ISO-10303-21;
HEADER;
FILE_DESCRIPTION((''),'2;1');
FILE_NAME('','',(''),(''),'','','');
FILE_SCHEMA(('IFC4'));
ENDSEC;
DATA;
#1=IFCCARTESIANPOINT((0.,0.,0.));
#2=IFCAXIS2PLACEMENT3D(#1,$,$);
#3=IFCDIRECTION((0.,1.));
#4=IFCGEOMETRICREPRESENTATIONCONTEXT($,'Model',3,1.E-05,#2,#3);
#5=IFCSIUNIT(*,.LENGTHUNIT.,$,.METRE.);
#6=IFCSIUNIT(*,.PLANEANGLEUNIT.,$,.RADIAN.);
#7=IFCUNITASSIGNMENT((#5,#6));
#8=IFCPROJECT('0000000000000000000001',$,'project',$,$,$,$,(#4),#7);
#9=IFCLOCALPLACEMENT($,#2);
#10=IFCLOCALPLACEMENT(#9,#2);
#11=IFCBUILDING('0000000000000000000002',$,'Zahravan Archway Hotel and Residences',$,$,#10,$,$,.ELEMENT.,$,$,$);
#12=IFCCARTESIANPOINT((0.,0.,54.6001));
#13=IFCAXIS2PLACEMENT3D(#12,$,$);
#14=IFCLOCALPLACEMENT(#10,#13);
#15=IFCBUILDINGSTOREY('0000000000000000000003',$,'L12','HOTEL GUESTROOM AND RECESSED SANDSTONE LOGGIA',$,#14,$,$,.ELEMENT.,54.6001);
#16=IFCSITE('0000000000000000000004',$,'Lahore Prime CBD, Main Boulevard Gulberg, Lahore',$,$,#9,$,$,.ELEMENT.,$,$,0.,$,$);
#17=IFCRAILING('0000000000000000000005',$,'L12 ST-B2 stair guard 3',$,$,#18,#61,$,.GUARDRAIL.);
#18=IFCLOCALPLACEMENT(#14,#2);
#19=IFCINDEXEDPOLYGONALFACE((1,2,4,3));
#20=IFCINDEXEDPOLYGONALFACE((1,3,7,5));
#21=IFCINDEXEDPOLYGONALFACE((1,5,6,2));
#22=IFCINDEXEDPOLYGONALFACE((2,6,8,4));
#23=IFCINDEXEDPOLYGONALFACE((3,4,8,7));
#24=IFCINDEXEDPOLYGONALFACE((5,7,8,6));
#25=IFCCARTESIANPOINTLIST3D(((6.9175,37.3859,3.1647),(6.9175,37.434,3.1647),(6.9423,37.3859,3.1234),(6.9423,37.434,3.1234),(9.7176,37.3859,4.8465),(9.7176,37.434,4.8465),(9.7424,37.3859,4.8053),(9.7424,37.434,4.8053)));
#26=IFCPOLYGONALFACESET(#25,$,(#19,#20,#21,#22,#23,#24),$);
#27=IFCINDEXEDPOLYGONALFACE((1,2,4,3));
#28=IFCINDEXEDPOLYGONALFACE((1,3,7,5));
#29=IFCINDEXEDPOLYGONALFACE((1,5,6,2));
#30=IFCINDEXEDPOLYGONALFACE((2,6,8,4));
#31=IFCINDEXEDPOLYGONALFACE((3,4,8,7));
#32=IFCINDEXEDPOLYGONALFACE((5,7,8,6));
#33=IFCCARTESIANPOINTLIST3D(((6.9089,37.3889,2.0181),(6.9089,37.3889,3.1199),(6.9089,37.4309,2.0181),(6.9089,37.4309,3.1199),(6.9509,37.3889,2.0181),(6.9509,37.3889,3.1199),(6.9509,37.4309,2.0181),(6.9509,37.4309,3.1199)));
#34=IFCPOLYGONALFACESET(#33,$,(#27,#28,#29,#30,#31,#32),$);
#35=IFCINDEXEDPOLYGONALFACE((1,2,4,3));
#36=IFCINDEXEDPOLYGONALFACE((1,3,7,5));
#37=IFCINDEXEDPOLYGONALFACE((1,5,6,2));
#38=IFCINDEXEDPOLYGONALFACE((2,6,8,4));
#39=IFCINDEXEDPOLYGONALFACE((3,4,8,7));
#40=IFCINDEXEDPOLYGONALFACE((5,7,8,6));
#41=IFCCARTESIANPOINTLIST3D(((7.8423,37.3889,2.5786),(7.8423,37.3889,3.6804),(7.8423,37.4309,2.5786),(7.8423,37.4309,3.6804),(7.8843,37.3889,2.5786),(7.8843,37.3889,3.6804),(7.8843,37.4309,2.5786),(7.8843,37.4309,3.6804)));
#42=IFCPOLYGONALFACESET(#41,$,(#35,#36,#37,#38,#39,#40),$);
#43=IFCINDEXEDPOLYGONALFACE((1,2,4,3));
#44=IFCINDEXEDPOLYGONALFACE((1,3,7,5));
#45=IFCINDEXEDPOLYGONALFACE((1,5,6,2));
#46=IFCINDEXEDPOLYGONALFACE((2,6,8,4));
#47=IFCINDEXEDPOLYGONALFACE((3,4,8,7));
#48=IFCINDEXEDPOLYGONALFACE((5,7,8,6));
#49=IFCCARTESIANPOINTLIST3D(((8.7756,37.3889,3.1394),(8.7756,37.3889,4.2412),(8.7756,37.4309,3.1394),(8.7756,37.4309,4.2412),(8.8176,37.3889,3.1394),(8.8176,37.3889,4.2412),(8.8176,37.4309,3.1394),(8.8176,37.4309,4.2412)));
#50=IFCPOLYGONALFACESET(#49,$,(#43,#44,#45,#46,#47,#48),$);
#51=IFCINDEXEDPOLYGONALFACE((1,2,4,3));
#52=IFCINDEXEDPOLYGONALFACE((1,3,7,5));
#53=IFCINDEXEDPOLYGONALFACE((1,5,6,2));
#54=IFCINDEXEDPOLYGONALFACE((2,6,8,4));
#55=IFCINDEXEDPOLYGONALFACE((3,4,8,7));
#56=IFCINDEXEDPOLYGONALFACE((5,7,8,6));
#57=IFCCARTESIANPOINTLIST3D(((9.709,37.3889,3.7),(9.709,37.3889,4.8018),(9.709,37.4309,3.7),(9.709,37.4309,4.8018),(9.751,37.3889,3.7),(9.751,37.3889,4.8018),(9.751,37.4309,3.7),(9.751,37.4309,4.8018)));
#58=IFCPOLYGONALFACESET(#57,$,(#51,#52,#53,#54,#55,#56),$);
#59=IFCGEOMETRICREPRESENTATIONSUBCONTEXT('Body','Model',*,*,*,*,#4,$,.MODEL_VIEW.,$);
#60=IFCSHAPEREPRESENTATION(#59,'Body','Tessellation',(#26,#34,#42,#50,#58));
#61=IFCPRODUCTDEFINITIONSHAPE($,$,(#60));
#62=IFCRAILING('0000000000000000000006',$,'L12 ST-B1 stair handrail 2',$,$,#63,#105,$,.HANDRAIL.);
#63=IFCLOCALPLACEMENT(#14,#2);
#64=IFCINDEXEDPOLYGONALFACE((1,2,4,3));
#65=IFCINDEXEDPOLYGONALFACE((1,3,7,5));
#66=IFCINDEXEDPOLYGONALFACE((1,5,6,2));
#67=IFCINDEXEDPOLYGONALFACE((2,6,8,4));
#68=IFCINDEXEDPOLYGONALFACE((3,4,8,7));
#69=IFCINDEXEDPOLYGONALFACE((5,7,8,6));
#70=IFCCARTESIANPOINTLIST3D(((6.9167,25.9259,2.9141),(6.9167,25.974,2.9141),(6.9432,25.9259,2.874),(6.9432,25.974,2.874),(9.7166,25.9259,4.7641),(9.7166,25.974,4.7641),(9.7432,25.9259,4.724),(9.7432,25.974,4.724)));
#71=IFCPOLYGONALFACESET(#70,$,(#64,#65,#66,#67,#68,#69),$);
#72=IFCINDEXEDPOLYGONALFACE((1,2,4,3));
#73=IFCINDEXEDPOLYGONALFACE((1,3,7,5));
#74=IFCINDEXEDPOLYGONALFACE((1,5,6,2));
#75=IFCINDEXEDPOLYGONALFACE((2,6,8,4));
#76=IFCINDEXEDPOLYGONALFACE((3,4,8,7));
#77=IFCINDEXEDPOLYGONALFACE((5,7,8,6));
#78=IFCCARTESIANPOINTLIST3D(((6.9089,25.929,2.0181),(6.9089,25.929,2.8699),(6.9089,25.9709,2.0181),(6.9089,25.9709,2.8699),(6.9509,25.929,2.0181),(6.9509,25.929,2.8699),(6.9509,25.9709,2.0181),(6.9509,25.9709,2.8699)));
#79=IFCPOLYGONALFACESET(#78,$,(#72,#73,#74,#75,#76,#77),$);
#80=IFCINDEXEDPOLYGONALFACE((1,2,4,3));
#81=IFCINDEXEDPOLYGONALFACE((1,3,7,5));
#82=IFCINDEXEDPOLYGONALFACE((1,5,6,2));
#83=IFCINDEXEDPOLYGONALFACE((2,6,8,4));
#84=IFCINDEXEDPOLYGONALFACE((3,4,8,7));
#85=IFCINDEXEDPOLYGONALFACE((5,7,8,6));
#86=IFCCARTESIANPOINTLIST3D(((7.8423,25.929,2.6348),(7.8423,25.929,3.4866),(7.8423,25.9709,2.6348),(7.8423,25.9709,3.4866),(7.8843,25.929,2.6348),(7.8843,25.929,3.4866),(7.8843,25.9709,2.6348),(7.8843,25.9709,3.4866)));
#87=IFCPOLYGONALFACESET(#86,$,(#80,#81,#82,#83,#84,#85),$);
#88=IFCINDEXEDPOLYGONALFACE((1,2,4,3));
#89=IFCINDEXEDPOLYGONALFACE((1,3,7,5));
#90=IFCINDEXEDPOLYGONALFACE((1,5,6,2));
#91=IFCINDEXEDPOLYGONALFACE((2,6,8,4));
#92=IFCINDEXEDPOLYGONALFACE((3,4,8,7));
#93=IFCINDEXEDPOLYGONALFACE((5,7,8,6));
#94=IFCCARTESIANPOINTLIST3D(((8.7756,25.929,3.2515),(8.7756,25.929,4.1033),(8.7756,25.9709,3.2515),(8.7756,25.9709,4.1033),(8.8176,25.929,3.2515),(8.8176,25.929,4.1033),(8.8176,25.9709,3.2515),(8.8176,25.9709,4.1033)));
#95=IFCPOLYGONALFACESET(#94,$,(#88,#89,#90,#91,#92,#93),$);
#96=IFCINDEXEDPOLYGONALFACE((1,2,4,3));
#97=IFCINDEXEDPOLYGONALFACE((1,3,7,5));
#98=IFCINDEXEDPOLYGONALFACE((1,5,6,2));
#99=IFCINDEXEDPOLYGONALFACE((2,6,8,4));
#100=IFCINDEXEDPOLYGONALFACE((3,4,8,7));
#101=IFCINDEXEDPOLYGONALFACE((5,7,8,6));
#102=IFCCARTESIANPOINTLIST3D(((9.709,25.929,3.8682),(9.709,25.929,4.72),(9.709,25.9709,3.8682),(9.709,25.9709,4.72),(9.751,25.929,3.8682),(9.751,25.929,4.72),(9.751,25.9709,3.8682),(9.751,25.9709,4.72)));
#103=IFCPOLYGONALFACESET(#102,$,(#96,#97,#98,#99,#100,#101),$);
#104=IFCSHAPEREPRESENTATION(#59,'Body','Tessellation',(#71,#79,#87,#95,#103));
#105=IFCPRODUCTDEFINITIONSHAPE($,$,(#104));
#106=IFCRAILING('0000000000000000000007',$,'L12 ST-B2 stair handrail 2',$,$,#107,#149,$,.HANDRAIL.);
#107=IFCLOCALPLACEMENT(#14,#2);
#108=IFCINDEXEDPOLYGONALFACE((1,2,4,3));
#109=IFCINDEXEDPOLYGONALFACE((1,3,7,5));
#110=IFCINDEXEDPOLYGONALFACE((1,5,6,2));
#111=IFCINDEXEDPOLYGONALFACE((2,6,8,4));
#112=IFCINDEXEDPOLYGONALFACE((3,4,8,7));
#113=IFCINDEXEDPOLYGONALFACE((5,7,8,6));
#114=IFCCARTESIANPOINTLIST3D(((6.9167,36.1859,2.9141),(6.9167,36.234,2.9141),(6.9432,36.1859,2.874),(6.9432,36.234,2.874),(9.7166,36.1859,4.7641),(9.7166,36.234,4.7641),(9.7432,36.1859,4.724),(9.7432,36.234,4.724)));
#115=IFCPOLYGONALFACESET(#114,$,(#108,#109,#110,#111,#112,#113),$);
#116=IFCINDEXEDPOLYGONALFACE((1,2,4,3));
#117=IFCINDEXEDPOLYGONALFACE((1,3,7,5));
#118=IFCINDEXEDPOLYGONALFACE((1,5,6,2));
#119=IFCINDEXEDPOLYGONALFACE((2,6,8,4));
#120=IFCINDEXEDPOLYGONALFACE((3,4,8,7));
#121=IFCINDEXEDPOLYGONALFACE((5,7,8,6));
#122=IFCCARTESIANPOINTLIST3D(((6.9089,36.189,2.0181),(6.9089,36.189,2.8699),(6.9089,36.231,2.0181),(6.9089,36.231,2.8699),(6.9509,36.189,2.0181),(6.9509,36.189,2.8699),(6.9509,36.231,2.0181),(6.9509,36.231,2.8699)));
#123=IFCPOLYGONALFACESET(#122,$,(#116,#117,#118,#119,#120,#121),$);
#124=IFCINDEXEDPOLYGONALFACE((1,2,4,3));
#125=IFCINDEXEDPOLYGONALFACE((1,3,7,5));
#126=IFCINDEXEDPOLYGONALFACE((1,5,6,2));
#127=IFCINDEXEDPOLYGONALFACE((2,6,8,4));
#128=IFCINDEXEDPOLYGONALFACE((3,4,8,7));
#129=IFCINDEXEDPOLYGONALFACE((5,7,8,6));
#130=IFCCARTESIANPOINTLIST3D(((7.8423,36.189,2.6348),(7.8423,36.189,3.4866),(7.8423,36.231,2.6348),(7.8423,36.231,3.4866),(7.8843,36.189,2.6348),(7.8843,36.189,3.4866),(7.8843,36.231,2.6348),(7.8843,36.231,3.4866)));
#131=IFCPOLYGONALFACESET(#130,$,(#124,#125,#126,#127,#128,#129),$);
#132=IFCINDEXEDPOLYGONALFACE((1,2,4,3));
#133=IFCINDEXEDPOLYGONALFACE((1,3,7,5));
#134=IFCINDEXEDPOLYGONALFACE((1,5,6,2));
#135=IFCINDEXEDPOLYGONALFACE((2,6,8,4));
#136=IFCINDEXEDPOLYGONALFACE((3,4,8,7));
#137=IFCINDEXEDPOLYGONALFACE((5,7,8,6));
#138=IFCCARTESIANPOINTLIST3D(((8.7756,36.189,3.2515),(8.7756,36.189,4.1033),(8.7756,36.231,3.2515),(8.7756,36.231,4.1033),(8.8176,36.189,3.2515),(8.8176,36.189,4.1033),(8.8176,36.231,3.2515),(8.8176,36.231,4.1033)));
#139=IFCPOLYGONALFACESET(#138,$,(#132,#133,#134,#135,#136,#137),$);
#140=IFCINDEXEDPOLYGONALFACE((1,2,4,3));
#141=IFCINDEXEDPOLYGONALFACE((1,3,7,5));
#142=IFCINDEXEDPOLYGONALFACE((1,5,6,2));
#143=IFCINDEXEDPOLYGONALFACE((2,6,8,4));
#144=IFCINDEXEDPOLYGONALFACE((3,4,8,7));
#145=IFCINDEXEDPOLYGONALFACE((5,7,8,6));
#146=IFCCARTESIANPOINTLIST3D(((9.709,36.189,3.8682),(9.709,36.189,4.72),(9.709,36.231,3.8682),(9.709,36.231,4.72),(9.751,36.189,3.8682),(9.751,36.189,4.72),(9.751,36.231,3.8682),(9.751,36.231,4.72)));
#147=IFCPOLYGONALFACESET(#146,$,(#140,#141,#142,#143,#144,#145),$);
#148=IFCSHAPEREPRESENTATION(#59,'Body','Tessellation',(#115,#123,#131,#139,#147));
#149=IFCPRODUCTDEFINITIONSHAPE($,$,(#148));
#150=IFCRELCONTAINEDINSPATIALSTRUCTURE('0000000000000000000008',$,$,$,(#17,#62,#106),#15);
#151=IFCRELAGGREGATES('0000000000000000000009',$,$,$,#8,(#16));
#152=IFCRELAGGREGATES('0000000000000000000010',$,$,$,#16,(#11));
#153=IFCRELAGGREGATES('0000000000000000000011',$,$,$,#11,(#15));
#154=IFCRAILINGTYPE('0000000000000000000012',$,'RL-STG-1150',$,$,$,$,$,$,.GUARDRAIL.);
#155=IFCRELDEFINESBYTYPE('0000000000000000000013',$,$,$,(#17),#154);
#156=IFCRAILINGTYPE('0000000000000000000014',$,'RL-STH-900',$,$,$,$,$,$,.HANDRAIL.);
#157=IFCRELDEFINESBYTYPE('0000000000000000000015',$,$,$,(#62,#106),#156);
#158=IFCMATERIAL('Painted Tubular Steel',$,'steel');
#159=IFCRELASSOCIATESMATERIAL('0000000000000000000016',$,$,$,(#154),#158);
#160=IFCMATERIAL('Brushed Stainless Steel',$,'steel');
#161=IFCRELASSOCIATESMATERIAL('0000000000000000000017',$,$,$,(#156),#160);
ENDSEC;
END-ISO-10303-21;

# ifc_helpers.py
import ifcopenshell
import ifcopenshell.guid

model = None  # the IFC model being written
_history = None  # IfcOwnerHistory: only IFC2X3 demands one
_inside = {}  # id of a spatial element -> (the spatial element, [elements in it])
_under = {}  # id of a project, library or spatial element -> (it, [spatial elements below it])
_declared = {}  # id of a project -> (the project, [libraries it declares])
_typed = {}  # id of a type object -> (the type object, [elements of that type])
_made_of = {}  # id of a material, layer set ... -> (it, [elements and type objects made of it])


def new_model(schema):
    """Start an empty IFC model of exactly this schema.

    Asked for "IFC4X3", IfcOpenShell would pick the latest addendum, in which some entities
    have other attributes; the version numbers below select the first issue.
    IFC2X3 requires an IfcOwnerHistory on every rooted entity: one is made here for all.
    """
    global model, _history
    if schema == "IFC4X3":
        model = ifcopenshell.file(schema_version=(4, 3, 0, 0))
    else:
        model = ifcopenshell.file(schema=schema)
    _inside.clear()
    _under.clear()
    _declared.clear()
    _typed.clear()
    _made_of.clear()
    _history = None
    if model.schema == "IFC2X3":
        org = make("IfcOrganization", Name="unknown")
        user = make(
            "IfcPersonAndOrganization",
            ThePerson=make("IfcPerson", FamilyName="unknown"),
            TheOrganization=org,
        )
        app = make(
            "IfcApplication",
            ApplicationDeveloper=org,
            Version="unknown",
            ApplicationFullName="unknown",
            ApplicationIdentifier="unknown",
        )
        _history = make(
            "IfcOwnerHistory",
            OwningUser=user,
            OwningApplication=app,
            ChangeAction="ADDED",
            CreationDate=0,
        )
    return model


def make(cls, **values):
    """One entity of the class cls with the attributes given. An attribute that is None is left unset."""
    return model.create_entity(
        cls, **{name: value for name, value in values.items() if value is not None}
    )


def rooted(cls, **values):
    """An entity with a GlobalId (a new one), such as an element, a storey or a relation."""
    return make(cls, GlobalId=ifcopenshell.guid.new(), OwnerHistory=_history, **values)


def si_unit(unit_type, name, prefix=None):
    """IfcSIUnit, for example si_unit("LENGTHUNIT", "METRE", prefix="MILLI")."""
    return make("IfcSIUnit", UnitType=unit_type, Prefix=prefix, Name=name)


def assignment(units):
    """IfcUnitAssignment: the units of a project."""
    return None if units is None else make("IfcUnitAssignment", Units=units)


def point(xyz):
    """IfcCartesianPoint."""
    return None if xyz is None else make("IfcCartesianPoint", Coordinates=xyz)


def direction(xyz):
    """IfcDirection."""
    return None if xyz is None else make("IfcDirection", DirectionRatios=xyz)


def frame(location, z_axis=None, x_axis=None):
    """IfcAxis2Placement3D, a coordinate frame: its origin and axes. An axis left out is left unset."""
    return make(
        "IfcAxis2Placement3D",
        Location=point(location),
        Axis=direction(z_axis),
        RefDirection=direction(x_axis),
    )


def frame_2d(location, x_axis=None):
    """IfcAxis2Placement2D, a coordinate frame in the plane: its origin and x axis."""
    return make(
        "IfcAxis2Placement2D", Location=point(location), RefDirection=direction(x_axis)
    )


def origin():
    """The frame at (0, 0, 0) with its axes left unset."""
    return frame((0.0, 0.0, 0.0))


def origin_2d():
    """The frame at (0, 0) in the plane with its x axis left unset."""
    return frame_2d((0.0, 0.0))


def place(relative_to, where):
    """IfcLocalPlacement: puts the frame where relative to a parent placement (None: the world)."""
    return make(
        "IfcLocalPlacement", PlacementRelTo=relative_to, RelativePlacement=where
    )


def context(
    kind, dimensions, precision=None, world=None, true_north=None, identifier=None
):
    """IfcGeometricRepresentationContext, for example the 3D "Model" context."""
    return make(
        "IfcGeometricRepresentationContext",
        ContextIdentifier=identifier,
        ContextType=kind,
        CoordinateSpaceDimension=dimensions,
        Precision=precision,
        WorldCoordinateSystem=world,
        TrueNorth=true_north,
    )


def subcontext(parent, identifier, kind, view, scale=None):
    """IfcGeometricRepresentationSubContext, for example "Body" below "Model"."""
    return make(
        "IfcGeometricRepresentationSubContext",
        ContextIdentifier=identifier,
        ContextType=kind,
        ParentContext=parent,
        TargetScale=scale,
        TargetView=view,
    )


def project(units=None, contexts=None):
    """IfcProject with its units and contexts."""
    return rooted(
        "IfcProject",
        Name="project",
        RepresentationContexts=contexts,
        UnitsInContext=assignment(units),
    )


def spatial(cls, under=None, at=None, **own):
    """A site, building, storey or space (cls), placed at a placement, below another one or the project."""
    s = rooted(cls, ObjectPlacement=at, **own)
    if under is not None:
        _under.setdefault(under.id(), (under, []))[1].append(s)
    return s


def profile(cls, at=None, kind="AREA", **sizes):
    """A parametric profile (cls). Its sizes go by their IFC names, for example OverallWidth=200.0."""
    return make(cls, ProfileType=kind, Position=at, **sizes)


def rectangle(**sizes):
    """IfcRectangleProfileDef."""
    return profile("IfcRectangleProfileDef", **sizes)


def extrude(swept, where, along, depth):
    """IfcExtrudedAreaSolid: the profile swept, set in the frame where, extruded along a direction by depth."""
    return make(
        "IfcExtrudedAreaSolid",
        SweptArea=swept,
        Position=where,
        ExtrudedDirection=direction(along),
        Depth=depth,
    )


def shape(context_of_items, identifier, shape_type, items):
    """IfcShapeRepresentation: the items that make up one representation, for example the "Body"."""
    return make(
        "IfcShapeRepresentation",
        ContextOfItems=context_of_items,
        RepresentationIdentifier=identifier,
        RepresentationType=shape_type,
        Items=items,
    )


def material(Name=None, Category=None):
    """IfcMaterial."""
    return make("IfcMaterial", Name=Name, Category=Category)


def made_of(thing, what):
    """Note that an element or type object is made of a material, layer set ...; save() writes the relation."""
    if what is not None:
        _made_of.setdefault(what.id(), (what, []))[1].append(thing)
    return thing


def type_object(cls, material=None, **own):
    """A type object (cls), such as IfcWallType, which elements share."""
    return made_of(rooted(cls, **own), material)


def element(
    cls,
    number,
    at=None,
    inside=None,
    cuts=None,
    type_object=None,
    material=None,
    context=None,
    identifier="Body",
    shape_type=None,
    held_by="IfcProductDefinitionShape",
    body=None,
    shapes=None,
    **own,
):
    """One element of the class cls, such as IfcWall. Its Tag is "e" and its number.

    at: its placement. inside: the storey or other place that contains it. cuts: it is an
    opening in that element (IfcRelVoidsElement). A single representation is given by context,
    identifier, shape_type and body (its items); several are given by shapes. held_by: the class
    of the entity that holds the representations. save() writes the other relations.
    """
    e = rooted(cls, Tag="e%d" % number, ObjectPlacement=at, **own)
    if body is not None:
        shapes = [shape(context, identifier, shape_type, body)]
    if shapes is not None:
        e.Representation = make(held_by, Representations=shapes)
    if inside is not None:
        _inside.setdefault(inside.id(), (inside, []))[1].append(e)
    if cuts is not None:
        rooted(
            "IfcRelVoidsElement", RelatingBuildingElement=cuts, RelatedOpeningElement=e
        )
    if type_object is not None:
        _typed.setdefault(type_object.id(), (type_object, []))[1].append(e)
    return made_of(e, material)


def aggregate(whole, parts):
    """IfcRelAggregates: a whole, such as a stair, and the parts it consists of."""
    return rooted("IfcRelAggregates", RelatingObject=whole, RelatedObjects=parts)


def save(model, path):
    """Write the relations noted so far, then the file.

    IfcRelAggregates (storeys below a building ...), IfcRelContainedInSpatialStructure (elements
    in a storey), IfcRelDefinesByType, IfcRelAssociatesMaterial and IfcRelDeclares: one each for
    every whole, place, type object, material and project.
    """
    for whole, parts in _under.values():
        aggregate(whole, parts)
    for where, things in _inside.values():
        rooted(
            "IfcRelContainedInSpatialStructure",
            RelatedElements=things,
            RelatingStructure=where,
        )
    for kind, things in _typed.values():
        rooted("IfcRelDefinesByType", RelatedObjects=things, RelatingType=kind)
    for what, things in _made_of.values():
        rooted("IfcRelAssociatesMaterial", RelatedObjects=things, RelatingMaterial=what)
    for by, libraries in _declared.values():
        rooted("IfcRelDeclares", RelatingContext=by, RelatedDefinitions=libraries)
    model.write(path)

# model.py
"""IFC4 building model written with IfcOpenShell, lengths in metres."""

from ifc_helpers import new_model, si_unit, direction, frame, origin, origin_2d, place, context, subcontext, project, spatial, rectangle, extrude, material, type_object, element, save


model = new_model("IFC4")

# Units and contexts
model_context = context("Model", 3, precision=1e-05, world=origin(), true_north=direction((0.0, 1.0)))
body_context = subcontext(model_context, "Body", "Model", "MODEL_VIEW")
ifc_project = project(units=[si_unit("LENGTHUNIT", "METRE"), si_unit("PLANEANGLEUNIT", "RADIAN")], contexts=[model_context])

# Site, building, storey
site_placement = place(None, origin())
site = spatial("IfcSite", under=ifc_project, at=site_placement, Name="Lahore Prime CBD, Main Boulevard Gulberg, Lahore", CompositionType="ELEMENT", RefElevation=0.0)
building_placement = place(site_placement, origin())
building = spatial("IfcBuilding", under=site, at=building_placement, Name="Zahravan Archway Hotel and Residences", CompositionType="ELEMENT")
storey_placement = place(building_placement, frame((0.0, 0.0, 54.6001)))
storey = spatial("IfcBuildingStorey", under=building, at=storey_placement, Name="L12", Description="HOTEL GUESTROOM AND RECESSED SANDSTONE LOGGIA", CompositionType="ELEMENT", Elevation=54.6001)

# Shared definitions
ifc_material_1 = material(Name="Brushed Stainless Steel", Category="steel")

# Railings
ifc_material_2 = material(Name="Painted Tubular Steel", Category="steel")
railing_type_1 = type_object("IfcRailingType", Name="RL-STG-1150", PredefinedType="GUARDRAIL", material=ifc_material_2)
railing_1_placement = place(storey_placement, frame((6.9299, 37.4099, 2.0181)))
element("IfcRailing", 1, at=railing_1_placement, inside=storey, type_object=railing_type_1, Name="L12 ST-B2 stair guard 3", PredefinedType="GUARDRAIL", context=body_context, shape_type="SweptSolid", body=[
    extrude(rectangle(XDim=0.0481, YDim=0.0481, at=origin_2d()), frame((0.0, 0.0, 1.126), z_axis=(0.857242, 0.0, 0.514913), x_axis=(0.0, 1.0, 0.0)), (0.0, 0.0, 1.0), 3.2664),
    extrude(rectangle(XDim=0.042, YDim=0.042, at=origin_2d()), origin(), (0.0, 0.0, 1.0), 1.1018),
    extrude(rectangle(XDim=0.042, YDim=0.042, at=origin_2d()), frame((0.9333, 0.0, 0.5605)), (0.0, 0.0, 1.0), 1.1018),
    extrude(rectangle(XDim=0.042, YDim=0.042, at=origin_2d()), frame((1.8667, 0.0, 1.1213)), (0.0, 0.0, 1.0), 1.1018),
    extrude(rectangle(XDim=0.042, YDim=0.042, at=origin_2d()), frame((2.8, 0.0, 1.6819)), (0.0, 0.0, 1.0), 1.1018),
])
railing_type_2 = type_object("IfcRailingType", Name="RL-STH-900", PredefinedType="HANDRAIL", material=ifc_material_1)
for number, where, name in (
    (2, (6.9299, 25.95, 2.0181), "L12 ST-B1 stair handrail 2"),
    (3, (6.9299, 36.21, 2.0181), "L12 ST-B2 stair handrail 2"),
):
    element("IfcRailing", number, at=place(storey_placement, frame(where)), inside=storey, type_object=railing_type_2, Name=name, PredefinedType="HANDRAIL", context=body_context, shape_type="SweptSolid", body=[
        extrude(rectangle(XDim=0.0481, YDim=0.0481, at=origin_2d()), frame((0.0, 0.0, 0.876), z_axis=(0.834326, 0.0, 0.551271), x_axis=(0.0, 1.0, 0.0)), (0.0, 0.0, 1.0), 3.356),
        extrude(rectangle(XDim=0.042, YDim=0.042, at=origin_2d()), origin(), (0.0, 0.0, 1.0), 0.8518),
        extrude(rectangle(XDim=0.042, YDim=0.042, at=origin_2d()), frame((0.9333, 0.0, 0.6167)), (0.0, 0.0, 1.0), 0.8518),
        extrude(rectangle(XDim=0.042, YDim=0.042, at=origin_2d()), frame((1.8667, 0.0, 1.2334)), (0.0, 0.0, 1.0), 0.8518),
        extrude(rectangle(XDim=0.042, YDim=0.042, at=origin_2d()), frame((2.8, 0.0, 1.8501)), (0.0, 0.0, 1.0), 0.8518),
    ])

save(model, "model.ifc")
